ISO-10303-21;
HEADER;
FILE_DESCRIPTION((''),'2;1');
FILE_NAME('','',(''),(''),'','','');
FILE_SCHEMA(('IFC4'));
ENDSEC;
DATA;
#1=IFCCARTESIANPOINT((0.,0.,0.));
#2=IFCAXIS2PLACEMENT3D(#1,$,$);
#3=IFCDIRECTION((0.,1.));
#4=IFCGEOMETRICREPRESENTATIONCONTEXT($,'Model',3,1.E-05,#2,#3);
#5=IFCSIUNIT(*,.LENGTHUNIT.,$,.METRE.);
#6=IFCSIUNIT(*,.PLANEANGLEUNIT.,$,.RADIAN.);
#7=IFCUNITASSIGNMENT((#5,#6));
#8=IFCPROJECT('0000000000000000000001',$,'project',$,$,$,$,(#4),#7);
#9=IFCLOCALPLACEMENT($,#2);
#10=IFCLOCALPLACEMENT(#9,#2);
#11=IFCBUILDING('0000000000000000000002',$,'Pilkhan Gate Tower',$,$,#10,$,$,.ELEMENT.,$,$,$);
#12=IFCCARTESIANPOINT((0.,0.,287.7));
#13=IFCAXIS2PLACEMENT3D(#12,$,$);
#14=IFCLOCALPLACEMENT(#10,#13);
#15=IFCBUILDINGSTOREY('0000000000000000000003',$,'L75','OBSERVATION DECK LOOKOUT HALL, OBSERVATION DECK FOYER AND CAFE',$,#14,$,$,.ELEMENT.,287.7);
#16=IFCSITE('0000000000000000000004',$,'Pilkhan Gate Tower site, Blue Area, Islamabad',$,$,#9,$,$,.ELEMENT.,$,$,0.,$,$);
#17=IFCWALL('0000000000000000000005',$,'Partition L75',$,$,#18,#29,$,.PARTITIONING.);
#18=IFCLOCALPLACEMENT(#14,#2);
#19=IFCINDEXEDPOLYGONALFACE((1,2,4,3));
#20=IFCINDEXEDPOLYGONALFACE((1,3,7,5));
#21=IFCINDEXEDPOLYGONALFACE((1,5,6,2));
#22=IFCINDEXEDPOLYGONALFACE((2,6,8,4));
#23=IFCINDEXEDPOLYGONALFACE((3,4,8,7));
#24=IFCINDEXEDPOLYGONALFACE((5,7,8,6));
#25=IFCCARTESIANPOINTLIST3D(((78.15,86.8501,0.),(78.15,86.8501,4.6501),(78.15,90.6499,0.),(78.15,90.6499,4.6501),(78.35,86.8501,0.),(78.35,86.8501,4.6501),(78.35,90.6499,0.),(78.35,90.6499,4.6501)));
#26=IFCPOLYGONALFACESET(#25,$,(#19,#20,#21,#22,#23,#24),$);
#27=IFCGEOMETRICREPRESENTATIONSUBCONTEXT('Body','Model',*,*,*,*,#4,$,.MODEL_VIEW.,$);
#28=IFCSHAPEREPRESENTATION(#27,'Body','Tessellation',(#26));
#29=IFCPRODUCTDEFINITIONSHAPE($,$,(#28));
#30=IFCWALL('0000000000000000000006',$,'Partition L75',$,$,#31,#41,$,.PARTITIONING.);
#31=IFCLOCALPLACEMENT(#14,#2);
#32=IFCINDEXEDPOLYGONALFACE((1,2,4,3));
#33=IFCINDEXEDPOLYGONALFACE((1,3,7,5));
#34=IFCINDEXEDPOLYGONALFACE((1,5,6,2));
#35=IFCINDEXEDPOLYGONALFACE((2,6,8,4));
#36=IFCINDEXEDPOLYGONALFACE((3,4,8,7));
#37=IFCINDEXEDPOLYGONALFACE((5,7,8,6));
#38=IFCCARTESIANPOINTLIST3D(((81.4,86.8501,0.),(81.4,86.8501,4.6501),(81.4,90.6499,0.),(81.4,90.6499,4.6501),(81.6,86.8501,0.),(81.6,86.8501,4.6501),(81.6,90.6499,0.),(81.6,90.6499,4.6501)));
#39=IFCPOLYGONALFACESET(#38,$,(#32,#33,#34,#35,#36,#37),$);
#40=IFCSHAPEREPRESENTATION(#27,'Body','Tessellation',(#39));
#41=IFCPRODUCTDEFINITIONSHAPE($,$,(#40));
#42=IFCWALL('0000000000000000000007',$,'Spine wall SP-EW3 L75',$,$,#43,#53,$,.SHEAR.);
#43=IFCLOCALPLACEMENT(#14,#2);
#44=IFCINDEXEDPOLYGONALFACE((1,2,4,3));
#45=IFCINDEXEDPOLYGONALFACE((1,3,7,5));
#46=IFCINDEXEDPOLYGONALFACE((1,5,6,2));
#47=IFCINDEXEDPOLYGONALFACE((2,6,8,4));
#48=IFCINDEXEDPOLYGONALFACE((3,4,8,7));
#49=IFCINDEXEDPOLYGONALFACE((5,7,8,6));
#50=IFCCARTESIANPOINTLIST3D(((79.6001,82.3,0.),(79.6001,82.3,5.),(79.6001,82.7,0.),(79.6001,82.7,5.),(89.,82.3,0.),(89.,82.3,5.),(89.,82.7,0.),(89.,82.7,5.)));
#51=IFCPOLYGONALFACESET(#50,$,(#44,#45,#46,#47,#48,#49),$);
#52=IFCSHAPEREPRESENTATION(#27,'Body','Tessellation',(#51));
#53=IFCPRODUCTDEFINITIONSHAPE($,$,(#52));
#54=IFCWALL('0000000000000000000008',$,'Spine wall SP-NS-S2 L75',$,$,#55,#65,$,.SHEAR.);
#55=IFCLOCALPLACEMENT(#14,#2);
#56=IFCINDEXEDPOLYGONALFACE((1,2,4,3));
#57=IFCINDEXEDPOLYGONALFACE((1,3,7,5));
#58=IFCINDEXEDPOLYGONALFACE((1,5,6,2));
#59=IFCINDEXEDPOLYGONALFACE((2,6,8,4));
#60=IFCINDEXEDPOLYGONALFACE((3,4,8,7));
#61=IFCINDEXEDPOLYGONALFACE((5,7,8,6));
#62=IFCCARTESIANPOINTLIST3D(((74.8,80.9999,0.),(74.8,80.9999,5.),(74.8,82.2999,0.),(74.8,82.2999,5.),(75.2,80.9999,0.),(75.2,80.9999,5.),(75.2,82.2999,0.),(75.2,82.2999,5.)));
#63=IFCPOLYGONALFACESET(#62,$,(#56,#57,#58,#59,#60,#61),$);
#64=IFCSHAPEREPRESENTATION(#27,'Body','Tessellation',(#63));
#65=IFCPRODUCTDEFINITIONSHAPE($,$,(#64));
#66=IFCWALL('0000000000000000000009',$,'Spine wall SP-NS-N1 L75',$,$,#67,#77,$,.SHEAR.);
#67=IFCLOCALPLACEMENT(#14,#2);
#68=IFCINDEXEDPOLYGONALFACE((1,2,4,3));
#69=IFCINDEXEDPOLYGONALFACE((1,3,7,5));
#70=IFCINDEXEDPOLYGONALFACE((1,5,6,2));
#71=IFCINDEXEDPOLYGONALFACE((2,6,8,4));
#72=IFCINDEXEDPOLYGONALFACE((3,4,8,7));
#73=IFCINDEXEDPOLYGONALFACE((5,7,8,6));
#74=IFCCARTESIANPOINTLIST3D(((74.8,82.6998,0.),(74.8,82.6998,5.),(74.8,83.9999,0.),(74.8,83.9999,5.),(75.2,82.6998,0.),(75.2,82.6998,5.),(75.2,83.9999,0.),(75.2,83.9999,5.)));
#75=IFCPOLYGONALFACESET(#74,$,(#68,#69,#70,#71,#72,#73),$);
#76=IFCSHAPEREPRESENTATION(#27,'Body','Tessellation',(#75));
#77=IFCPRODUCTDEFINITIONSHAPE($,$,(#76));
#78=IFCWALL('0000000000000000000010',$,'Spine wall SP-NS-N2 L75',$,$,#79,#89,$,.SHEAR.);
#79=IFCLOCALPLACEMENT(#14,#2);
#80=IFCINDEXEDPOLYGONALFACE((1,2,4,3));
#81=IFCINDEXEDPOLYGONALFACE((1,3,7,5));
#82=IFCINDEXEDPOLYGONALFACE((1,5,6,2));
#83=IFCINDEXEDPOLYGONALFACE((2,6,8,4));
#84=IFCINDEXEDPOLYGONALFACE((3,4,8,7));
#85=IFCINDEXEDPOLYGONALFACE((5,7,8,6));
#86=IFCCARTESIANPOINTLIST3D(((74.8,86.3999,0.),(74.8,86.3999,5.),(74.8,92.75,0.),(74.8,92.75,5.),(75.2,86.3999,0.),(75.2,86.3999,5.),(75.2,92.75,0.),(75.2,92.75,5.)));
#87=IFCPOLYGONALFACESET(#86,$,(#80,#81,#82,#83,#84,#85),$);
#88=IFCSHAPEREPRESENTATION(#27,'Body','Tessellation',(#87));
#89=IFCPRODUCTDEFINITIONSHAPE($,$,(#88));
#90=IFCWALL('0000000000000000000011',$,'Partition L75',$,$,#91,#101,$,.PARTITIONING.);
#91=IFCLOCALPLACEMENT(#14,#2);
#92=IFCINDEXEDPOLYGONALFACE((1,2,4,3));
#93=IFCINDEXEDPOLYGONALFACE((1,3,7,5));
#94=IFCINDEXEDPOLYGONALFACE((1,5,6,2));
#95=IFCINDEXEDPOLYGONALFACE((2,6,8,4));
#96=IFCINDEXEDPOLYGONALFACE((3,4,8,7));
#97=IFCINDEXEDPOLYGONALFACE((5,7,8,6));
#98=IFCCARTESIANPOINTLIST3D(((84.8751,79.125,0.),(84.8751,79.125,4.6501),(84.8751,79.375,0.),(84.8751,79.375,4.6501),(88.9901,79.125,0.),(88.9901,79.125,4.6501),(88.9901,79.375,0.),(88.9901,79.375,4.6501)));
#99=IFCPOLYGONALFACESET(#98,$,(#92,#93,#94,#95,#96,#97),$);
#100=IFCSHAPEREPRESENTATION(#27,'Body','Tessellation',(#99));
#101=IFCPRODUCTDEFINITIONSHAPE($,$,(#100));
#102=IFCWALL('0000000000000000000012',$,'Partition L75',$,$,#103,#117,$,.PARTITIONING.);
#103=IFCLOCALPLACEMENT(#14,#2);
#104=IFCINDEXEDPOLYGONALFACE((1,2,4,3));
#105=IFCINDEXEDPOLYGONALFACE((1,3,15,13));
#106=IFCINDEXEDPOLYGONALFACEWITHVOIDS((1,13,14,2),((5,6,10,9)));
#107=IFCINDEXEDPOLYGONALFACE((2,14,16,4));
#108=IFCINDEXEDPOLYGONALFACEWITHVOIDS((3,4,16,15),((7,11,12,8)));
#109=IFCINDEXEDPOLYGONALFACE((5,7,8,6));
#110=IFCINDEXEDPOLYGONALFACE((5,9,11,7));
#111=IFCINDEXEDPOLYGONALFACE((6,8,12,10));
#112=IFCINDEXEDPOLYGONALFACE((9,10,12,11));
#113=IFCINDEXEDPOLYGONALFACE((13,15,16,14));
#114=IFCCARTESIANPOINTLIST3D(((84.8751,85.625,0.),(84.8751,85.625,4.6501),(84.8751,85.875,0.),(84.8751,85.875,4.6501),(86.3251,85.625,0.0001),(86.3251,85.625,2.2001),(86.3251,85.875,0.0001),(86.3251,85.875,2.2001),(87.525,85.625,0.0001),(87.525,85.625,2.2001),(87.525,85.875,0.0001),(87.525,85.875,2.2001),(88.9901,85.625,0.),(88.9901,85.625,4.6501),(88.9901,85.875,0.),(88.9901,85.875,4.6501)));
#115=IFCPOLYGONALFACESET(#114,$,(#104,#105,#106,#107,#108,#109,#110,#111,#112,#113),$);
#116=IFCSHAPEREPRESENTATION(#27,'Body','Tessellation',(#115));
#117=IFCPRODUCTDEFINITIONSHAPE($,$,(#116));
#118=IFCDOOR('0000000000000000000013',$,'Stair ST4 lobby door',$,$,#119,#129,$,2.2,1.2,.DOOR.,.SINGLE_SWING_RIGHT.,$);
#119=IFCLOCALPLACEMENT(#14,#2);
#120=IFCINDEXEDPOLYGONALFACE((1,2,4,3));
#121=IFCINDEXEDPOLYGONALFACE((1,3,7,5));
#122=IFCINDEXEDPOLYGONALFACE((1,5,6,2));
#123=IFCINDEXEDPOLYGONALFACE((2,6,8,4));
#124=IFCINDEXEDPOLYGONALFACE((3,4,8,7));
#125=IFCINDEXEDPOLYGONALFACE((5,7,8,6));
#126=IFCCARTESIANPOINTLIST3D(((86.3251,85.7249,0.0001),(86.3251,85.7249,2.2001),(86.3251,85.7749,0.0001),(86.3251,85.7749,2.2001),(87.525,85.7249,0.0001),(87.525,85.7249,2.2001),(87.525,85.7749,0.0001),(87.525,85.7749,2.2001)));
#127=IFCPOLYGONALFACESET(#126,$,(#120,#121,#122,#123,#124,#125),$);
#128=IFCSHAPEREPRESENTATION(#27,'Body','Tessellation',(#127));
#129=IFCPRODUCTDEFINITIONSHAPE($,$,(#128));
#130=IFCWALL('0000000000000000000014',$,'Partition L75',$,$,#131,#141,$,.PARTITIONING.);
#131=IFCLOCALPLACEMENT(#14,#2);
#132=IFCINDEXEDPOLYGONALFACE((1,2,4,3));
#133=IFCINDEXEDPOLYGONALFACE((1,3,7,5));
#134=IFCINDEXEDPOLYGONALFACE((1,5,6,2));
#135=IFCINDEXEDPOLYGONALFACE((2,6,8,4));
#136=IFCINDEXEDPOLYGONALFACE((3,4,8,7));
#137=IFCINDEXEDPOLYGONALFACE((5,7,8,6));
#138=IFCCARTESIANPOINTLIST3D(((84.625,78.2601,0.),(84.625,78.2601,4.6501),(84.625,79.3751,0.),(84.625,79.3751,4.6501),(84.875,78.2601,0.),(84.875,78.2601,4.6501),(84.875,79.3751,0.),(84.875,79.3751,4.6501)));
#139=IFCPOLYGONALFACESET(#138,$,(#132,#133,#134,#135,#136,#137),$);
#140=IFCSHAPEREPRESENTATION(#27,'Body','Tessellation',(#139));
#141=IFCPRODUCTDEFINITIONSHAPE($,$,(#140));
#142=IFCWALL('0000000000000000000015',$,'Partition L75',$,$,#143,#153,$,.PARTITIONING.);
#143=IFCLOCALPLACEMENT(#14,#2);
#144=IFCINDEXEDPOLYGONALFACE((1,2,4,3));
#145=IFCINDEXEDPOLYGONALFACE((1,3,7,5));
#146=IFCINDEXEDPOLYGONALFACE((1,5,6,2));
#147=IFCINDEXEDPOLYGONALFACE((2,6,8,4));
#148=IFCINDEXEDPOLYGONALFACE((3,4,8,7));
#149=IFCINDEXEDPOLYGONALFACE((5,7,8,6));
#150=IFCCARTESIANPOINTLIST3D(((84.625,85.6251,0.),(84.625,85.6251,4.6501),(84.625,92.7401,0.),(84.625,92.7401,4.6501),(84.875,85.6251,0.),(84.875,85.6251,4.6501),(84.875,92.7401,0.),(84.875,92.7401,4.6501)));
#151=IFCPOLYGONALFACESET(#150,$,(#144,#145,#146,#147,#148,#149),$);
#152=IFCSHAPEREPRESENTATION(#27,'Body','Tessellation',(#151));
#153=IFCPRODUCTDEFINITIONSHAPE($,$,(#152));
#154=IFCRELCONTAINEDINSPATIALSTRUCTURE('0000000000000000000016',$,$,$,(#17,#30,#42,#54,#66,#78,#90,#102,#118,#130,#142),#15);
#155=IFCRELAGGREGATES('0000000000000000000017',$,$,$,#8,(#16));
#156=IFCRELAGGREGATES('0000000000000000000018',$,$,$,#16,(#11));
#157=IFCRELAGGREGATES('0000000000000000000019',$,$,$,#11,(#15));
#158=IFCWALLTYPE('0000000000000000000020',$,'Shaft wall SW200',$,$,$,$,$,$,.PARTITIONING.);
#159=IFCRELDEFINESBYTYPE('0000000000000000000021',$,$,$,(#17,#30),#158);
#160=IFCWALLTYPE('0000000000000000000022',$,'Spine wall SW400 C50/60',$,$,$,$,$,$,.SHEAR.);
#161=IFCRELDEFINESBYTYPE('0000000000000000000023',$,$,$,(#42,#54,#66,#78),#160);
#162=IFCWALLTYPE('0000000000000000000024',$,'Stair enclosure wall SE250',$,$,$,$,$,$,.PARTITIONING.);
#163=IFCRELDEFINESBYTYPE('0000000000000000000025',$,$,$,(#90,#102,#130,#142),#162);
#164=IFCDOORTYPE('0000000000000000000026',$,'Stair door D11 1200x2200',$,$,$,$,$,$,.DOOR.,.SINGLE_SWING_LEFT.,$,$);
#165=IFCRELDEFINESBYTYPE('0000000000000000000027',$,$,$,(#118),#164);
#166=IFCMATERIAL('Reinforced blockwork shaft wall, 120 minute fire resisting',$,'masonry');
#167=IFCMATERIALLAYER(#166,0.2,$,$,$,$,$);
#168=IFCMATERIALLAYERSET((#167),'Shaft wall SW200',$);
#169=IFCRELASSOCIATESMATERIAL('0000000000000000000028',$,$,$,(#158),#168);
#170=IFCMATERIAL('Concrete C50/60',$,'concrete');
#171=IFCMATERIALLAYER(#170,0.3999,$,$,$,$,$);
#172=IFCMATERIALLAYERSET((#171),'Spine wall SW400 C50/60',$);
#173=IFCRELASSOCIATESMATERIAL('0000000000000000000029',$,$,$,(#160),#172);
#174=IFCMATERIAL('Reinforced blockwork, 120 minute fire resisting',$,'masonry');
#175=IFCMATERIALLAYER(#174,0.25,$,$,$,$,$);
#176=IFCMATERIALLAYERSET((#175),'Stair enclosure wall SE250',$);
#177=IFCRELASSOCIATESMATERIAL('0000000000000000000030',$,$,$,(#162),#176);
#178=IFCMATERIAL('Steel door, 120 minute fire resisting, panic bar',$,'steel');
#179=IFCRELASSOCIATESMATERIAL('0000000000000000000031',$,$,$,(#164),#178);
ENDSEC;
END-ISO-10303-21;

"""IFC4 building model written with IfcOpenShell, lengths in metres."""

from ifc_helpers import new_model, si_unit, direction, frame, frame_2d, origin, place, context, subcontext, project, spatial, rectangle, extrude, material, layer, layer_set, type_object, element, fill, save


model = new_model("IFC4")

# Units and contexts
model_context = context("Model", 3, precision=1e-05, world=origin(), true_north=direction((0.0, 1.0)))
body_context = subcontext(model_context, "Body", "Model", "MODEL_VIEW")
ifc_project = project(units=[si_unit("LENGTHUNIT", "METRE"), si_unit("PLANEANGLEUNIT", "RADIAN")], contexts=[model_context])

# Site, building, storey
site_placement = place(None, origin())
site = spatial("IfcSite", under=ifc_project, at=site_placement, Name="Pilkhan Gate Tower site, Blue Area, Islamabad", CompositionType="ELEMENT", RefElevation=0.0)
building_placement = place(site_placement, origin())
building = spatial("IfcBuilding", under=site, at=building_placement, Name="Pilkhan Gate Tower", CompositionType="ELEMENT")
storey_placement = place(building_placement, frame((0.0, 0.0, 287.7)))
storey = spatial("IfcBuildingStorey", under=building, at=storey_placement, Name="L75", Description="OBSERVATION DECK LOOKOUT HALL, OBSERVATION DECK FOYER AND CAFE", CompositionType="ELEMENT", Elevation=287.7)

# Shared definitions
ifc_material_1 = material(Name="Concrete C50/60", Category="concrete")

# Shared definitions
ifc_material_2 = material(Name="Reinforced blockwork shaft wall, 120 minute fire resisting", Category="masonry")
ifc_layer_1 = layer(ifc_material_2, 0.2)
ifc_layer_set_1 = layer_set([ifc_layer_1], Name="Shaft wall SW200")
wall_type_1 = type_object("IfcWallType", Name="Shaft wall SW200", PredefinedType="PARTITIONING", material=ifc_layer_set_1)

# Walls
for number, where, z_axis, x_axis, name in (
    (1, (78.25, 86.8501, 0.0), (0.0, 0.0, 1.0), (0.0, 1.0, 0.0), "Partition L75"),
    (2, (81.5, 86.8501, 0.0), (0.0, 0.0, 1.0), (0.0, 1.0, 0.0), "Partition L75"),
):
    element("IfcWall", number, at=place(storey_placement, frame(where, z_axis=z_axis, x_axis=x_axis)), inside=storey, type_object=wall_type_1, Name=name, PredefinedType="PARTITIONING", context=body_context, shape_type="SweptSolid", body=[
        extrude(rectangle(XDim=3.7998, YDim=0.2, at=frame_2d((1.8999, 0.0))), origin(), (0.0, 0.0, 1.0), 4.6501),
    ])
ifc_layer_2 = layer(ifc_material_1, 0.3999)
ifc_layer_set_2 = layer_set([ifc_layer_2], Name="Spine wall SW400 C50/60")
wall_type_2 = type_object("IfcWallType", Name="Spine wall SW400 C50/60", PredefinedType="SHEAR", material=ifc_layer_set_2)
wall_1_placement = place(storey_placement, frame((79.6001, 82.5, 0.0), z_axis=(0.0, 0.0, 1.0), x_axis=(1.0, 0.0, 0.0)))
element("IfcWall", 3, at=wall_1_placement, inside=storey, type_object=wall_type_2, Name="Spine wall SP-EW3 L75", PredefinedType="SHEAR", context=body_context, shape_type="SweptSolid", body=[
    extrude(rectangle(XDim=9.3999, YDim=0.3999, at=frame_2d((4.7, 0.0))), origin(), (0.0, 0.0, 1.0), 5.0),
])
for number, where, z_axis, x_axis, name in (
    (4, (75.0, 81.0, 0.0), (0.0, 0.0, 1.0), (0.0, 1.0, 0.0), "Spine wall SP-NS-S2 L75"),
    (5, (75.0, 82.7, 0.0), (0.0, 0.0, 1.0), (0.0, 1.0, 0.0), "Spine wall SP-NS-N1 L75"),
):
    element("IfcWall", number, at=place(storey_placement, frame(where, z_axis=z_axis, x_axis=x_axis)), inside=storey, type_object=wall_type_2, Name=name, PredefinedType="SHEAR", context=body_context, shape_type="SweptSolid", body=[
        extrude(rectangle(XDim=1.3, YDim=0.3999, at=frame_2d((0.6499, 0.0))), origin(), (0.0, 0.0, 1.0), 5.0),
    ])
wall_2_placement = place(storey_placement, frame((75.0, 86.3999, 0.0), z_axis=(0.0, 0.0, 1.0), x_axis=(0.0, 1.0, 0.0)))
element("IfcWall", 6, at=wall_2_placement, inside=storey, type_object=wall_type_2, Name="Spine wall SP-NS-N2 L75", PredefinedType="SHEAR", context=body_context, shape_type="SweptSolid", body=[
    extrude(rectangle(XDim=6.3501, YDim=0.3999, at=frame_2d((3.175, 0.0))), origin(), (0.0, 0.0, 1.0), 5.0),
])
ifc_material_3 = material(Name="Reinforced blockwork, 120 minute fire resisting", Category="masonry")
ifc_layer_3 = layer(ifc_material_3, 0.25)
ifc_layer_set_3 = layer_set([ifc_layer_3], Name="Stair enclosure wall SE250")
wall_type_3 = type_object("IfcWallType", Name="Stair enclosure wall SE250", PredefinedType="PARTITIONING", material=ifc_layer_set_3)
wall_3_placement = place(storey_placement, frame((84.875, 79.25, 0.0), z_axis=(0.0, 0.0, 1.0), x_axis=(1.0, 0.0, 0.0)))
element("IfcWall", 7, at=wall_3_placement, inside=storey, type_object=wall_type_3, Name="Partition L75", PredefinedType="PARTITIONING", context=body_context, shape_type="SweptSolid", body=[
    extrude(rectangle(XDim=4.115, YDim=0.25, at=frame_2d((2.0576, 0.0))), origin(), (0.0, 0.0, 1.0), 4.6501),
])

# Wall, opening, door
wall_4_placement = place(storey_placement, frame((84.875, 85.75, 0.0), z_axis=(0.0, 0.0, 1.0), x_axis=(1.0, 0.0, 0.0)))
wall_4 = element("IfcWall", 8, at=wall_4_placement, inside=storey, type_object=wall_type_3, Name="Partition L75", PredefinedType="PARTITIONING", context=body_context, shape_type="SweptSolid", body=[
    extrude(rectangle(XDim=4.115, YDim=0.25, at=frame_2d((2.0576, 0.0))), origin(), (0.0, 0.0, 1.0), 4.6501),
])
opening_1_placement = place(wall_4_placement, frame((1.45, 0.0, 0.0)))
opening_1 = element("IfcOpeningElement", 9, at=opening_1_placement, cuts=wall_4, PredefinedType="OPENING", context=body_context, shape_type="SweptSolid", body=[
    extrude(rectangle(XDim=1.2, YDim=2.2, at=frame_2d((0.6001, 1.1001))), frame((0.0, 0.135, 0.0), z_axis=(0.0, -1.0, 0.0), x_axis=(1.0, 0.0, 0.0)), (0.0, 0.0, 1.0), 0.27),
])
ifc_material_4 = material(Name="Steel door, 120 minute fire resisting, panic bar", Category="steel")
door_type_1 = type_object("IfcDoorType", Name="Stair door D11 1200x2200", OperationType="SINGLE_SWING_LEFT", PredefinedType="DOOR", material=ifc_material_4)
door_1_placement = place(opening_1_placement, origin())
door_1 = element("IfcDoor", 10, at=door_1_placement, inside=storey, type_object=door_type_1, Name="Stair ST4 lobby door", OperationType="SINGLE_SWING_RIGHT", OverallHeight=2.2, OverallWidth=1.2, PredefinedType="DOOR", context=body_context, shape_type="SweptSolid", body=[
    extrude(rectangle(XDim=1.2, YDim=2.2, at=frame_2d((0.6001, 1.1001))), frame((0.0, 0.0249, 0.0), z_axis=(0.0, -1.0, 0.0), x_axis=(1.0, 0.0, 0.0)), (0.0, 0.0, 1.0), 0.05),
])
fill(opening_1, door_1)

# Walls
wall_5_placement = place(storey_placement, frame((84.75, 78.26, 0.0), z_axis=(0.0, 0.0, 1.0), x_axis=(0.0, 1.0, 0.0)))
element("IfcWall", 11, at=wall_5_placement, inside=storey, type_object=wall_type_3, Name="Partition L75", PredefinedType="PARTITIONING", context=body_context, shape_type="SweptSolid", body=[
    extrude(rectangle(XDim=1.115, YDim=0.25, at=frame_2d((0.5576, 0.0))), origin(), (0.0, 0.0, 1.0), 4.6501),
])
wall_6_placement = place(storey_placement, frame((84.75, 85.625, 0.0), z_axis=(0.0, 0.0, 1.0), x_axis=(0.0, 1.0, 0.0)))
element("IfcWall", 12, at=wall_6_placement, inside=storey, type_object=wall_type_3, Name="Partition L75", PredefinedType="PARTITIONING", context=body_context, shape_type="SweptSolid", body=[
    extrude(rectangle(XDim=7.115, YDim=0.25, at=frame_2d((3.5576, 0.0))), origin(), (0.0, 0.0, 1.0), 4.6501),
])

save(model, "model.ifc")
